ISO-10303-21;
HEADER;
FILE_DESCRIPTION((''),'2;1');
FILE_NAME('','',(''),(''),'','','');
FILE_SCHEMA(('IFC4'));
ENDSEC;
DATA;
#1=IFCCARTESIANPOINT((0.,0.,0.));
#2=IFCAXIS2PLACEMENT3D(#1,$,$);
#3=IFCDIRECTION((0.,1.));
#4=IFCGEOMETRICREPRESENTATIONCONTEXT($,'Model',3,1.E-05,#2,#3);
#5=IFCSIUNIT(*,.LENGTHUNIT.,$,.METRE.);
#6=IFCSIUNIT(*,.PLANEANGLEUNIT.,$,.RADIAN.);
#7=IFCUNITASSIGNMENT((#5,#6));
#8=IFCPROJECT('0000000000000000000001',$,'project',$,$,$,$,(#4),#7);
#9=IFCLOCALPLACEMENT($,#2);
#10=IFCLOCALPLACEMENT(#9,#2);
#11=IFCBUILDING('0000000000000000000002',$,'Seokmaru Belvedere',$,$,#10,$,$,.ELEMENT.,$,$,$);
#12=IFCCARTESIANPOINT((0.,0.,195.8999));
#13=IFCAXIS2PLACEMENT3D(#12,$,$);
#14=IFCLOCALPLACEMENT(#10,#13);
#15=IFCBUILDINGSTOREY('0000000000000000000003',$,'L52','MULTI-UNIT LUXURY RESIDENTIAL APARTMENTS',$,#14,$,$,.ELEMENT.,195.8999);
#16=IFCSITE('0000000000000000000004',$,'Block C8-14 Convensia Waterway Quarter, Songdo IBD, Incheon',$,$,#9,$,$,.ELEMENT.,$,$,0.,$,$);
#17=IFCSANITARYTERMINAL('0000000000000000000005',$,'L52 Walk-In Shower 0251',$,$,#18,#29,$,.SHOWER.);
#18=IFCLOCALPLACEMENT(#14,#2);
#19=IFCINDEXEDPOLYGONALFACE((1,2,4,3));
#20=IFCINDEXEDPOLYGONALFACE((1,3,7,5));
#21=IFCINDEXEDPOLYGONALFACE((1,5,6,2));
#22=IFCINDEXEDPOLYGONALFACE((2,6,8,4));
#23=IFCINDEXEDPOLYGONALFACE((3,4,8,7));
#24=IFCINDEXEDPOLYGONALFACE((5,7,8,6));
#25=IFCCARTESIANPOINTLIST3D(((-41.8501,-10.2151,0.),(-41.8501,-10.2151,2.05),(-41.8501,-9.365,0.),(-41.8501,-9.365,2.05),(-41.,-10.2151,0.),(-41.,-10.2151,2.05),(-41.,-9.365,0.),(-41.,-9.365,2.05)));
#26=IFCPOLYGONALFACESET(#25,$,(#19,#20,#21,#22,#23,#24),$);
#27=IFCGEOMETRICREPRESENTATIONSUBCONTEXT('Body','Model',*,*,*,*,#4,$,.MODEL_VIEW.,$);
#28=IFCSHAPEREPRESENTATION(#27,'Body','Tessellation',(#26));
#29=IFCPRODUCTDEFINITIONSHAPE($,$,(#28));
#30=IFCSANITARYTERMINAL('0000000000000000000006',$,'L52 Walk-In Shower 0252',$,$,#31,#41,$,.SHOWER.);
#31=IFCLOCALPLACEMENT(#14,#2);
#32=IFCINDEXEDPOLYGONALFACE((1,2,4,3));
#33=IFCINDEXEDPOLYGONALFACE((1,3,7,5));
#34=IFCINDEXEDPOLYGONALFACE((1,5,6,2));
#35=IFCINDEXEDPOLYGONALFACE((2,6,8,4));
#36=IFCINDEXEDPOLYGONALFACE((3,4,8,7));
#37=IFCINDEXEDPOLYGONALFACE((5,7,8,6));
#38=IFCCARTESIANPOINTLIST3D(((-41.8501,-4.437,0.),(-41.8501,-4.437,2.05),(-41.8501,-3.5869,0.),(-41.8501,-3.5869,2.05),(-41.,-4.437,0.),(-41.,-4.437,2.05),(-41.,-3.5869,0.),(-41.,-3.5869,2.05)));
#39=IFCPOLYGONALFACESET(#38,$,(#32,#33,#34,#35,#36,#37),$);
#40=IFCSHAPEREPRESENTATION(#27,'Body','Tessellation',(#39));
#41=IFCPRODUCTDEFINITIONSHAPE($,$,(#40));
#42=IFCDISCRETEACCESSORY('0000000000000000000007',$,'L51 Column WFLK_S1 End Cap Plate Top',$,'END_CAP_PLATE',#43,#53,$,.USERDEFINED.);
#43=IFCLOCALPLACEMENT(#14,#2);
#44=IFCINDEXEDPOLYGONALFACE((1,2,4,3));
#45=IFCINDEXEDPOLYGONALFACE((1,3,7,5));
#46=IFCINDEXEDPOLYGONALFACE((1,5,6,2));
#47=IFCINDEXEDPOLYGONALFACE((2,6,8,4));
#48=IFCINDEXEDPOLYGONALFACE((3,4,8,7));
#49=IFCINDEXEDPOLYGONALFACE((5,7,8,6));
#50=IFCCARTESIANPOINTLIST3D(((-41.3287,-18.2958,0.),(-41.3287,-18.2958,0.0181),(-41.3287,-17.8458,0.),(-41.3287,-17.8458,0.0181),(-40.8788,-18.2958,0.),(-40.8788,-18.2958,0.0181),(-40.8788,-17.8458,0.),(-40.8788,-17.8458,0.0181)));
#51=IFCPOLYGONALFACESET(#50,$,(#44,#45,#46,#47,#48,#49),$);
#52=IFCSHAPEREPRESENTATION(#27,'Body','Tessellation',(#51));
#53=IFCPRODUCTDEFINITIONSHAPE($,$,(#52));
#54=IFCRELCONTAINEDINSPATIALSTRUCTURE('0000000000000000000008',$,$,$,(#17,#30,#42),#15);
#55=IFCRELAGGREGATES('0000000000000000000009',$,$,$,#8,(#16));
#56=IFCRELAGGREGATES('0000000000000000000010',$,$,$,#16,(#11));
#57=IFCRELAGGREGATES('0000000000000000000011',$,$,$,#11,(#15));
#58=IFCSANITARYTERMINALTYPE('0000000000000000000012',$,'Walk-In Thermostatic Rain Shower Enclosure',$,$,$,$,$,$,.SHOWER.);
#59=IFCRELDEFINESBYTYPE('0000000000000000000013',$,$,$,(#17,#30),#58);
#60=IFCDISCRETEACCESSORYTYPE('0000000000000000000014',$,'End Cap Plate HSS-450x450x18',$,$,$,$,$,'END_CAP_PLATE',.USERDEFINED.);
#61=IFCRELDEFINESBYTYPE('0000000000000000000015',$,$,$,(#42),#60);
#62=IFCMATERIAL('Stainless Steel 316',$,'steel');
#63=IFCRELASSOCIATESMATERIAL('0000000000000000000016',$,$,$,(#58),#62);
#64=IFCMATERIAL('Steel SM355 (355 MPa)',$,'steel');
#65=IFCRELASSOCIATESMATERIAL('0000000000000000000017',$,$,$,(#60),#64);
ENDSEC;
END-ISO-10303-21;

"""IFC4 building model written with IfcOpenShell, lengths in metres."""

from ifc_helpers import new_model, si_unit, direction, frame, origin, origin_2d, place, context, subcontext, project, spatial, rectangle, extrude, source, transform, mapped, material, type_object, type_shapes, element, save


model = new_model("IFC4")

# Units and contexts
model_context = context("Model", 3, precision=1e-05, world=origin(), true_north=direction((0.0, 1.0)))
body_context = subcontext(model_context, "Body", "Model", "MODEL_VIEW")
ifc_project = project(units=[si_unit("LENGTHUNIT", "METRE"), si_unit("PLANEANGLEUNIT", "RADIAN")], contexts=[model_context])

# Site, building, storey
site_placement = place(None, origin())
site = spatial("IfcSite", under=ifc_project, at=site_placement, Name="Block C8-14 Convensia Waterway Quarter, Songdo IBD, Incheon", CompositionType="ELEMENT", RefElevation=0.0)
building_placement = place(site_placement, origin())
building = spatial("IfcBuilding", under=site, at=building_placement, Name="Seokmaru Belvedere", CompositionType="ELEMENT")
storey_placement = place(building_placement, frame((0.0, 0.0, 195.8999)))
storey = spatial("IfcBuildingStorey", under=building, at=storey_placement, Name="L52", Description="MULTI-UNIT LUXURY RESIDENTIAL APARTMENTS", CompositionType="ELEMENT", Elevation=195.8999)

# Shared definitions
ifc_material_1 = material(Name="Steel SM355 (355 MPa)", Category="steel")

# Sanitary terminals
ifc_material_2 = material(Name="Stainless Steel 316", Category="steel")
sanitary_terminal_type_1 = type_object("IfcSanitaryTerminalType", Name="Walk-In Thermostatic Rain Shower Enclosure", PredefinedType="SHOWER", material=ifc_material_2)
shared_shape_1 = source(origin(), body_context, "Body", "SweptSolid", [
    extrude(rectangle(XDim=0.8501, YDim=0.8501, at=origin_2d()), origin(), (0.0, 0.0, 1.0), 2.05),
])
type_shapes(sanitary_terminal_type_1, [shared_shape_1])
for number, where, z_axis, x_axis, name in (
    (1, (-41.425, -9.79, 0.0), (0.0, 0.0, 1.0), (1.0, 0.0, 0.0), "L52 Walk-In Shower 0251"),
    (2, (-41.425, -4.012, 0.0), (0.0, 0.0, 1.0), (1.0, 0.0, 0.0), "L52 Walk-In Shower 0252"),
):
    element("IfcSanitaryTerminal", number, at=place(storey_placement, frame(where, z_axis=z_axis, x_axis=x_axis)), inside=storey, type_object=sanitary_terminal_type_1, Name=name, PredefinedType="SHOWER", context=body_context, shape_type="MappedRepresentation", body=[
        mapped(shared_shape_1, transform((0.0, 0.0, 0.0), scale=1.0)),
    ])

# Discrete accessory
discrete_accessory_type = type_object("IfcDiscreteAccessoryType", Name="End Cap Plate HSS-450x450x18", ElementType="END_CAP_PLATE", PredefinedType="USERDEFINED", material=ifc_material_1)
shared_shape_2 = source(origin(), body_context, "Body", "SweptSolid", [
    extrude(rectangle(XDim=0.45, YDim=0.45, at=origin_2d()), origin(), (0.0, 0.0, 1.0), 0.0181),
])
type_shapes(discrete_accessory_type, [shared_shape_2])
discrete_accessory_placement = place(storey_placement, frame((-41.1038, -18.0708, 0.0), z_axis=(0.0, 0.0, 1.0), x_axis=(1.0, 0.0, 0.0)))
element("IfcDiscreteAccessory", 3, at=discrete_accessory_placement, inside=storey, type_object=discrete_accessory_type, Name="L51 Column WFLK_S1 End Cap Plate Top", ObjectType="END_CAP_PLATE", PredefinedType="USERDEFINED", context=body_context, shape_type="MappedRepresentation", body=[
    mapped(shared_shape_2, transform((0.0, 0.0, 0.0), scale=1.0)),
])

save(model, "model.ifc")
